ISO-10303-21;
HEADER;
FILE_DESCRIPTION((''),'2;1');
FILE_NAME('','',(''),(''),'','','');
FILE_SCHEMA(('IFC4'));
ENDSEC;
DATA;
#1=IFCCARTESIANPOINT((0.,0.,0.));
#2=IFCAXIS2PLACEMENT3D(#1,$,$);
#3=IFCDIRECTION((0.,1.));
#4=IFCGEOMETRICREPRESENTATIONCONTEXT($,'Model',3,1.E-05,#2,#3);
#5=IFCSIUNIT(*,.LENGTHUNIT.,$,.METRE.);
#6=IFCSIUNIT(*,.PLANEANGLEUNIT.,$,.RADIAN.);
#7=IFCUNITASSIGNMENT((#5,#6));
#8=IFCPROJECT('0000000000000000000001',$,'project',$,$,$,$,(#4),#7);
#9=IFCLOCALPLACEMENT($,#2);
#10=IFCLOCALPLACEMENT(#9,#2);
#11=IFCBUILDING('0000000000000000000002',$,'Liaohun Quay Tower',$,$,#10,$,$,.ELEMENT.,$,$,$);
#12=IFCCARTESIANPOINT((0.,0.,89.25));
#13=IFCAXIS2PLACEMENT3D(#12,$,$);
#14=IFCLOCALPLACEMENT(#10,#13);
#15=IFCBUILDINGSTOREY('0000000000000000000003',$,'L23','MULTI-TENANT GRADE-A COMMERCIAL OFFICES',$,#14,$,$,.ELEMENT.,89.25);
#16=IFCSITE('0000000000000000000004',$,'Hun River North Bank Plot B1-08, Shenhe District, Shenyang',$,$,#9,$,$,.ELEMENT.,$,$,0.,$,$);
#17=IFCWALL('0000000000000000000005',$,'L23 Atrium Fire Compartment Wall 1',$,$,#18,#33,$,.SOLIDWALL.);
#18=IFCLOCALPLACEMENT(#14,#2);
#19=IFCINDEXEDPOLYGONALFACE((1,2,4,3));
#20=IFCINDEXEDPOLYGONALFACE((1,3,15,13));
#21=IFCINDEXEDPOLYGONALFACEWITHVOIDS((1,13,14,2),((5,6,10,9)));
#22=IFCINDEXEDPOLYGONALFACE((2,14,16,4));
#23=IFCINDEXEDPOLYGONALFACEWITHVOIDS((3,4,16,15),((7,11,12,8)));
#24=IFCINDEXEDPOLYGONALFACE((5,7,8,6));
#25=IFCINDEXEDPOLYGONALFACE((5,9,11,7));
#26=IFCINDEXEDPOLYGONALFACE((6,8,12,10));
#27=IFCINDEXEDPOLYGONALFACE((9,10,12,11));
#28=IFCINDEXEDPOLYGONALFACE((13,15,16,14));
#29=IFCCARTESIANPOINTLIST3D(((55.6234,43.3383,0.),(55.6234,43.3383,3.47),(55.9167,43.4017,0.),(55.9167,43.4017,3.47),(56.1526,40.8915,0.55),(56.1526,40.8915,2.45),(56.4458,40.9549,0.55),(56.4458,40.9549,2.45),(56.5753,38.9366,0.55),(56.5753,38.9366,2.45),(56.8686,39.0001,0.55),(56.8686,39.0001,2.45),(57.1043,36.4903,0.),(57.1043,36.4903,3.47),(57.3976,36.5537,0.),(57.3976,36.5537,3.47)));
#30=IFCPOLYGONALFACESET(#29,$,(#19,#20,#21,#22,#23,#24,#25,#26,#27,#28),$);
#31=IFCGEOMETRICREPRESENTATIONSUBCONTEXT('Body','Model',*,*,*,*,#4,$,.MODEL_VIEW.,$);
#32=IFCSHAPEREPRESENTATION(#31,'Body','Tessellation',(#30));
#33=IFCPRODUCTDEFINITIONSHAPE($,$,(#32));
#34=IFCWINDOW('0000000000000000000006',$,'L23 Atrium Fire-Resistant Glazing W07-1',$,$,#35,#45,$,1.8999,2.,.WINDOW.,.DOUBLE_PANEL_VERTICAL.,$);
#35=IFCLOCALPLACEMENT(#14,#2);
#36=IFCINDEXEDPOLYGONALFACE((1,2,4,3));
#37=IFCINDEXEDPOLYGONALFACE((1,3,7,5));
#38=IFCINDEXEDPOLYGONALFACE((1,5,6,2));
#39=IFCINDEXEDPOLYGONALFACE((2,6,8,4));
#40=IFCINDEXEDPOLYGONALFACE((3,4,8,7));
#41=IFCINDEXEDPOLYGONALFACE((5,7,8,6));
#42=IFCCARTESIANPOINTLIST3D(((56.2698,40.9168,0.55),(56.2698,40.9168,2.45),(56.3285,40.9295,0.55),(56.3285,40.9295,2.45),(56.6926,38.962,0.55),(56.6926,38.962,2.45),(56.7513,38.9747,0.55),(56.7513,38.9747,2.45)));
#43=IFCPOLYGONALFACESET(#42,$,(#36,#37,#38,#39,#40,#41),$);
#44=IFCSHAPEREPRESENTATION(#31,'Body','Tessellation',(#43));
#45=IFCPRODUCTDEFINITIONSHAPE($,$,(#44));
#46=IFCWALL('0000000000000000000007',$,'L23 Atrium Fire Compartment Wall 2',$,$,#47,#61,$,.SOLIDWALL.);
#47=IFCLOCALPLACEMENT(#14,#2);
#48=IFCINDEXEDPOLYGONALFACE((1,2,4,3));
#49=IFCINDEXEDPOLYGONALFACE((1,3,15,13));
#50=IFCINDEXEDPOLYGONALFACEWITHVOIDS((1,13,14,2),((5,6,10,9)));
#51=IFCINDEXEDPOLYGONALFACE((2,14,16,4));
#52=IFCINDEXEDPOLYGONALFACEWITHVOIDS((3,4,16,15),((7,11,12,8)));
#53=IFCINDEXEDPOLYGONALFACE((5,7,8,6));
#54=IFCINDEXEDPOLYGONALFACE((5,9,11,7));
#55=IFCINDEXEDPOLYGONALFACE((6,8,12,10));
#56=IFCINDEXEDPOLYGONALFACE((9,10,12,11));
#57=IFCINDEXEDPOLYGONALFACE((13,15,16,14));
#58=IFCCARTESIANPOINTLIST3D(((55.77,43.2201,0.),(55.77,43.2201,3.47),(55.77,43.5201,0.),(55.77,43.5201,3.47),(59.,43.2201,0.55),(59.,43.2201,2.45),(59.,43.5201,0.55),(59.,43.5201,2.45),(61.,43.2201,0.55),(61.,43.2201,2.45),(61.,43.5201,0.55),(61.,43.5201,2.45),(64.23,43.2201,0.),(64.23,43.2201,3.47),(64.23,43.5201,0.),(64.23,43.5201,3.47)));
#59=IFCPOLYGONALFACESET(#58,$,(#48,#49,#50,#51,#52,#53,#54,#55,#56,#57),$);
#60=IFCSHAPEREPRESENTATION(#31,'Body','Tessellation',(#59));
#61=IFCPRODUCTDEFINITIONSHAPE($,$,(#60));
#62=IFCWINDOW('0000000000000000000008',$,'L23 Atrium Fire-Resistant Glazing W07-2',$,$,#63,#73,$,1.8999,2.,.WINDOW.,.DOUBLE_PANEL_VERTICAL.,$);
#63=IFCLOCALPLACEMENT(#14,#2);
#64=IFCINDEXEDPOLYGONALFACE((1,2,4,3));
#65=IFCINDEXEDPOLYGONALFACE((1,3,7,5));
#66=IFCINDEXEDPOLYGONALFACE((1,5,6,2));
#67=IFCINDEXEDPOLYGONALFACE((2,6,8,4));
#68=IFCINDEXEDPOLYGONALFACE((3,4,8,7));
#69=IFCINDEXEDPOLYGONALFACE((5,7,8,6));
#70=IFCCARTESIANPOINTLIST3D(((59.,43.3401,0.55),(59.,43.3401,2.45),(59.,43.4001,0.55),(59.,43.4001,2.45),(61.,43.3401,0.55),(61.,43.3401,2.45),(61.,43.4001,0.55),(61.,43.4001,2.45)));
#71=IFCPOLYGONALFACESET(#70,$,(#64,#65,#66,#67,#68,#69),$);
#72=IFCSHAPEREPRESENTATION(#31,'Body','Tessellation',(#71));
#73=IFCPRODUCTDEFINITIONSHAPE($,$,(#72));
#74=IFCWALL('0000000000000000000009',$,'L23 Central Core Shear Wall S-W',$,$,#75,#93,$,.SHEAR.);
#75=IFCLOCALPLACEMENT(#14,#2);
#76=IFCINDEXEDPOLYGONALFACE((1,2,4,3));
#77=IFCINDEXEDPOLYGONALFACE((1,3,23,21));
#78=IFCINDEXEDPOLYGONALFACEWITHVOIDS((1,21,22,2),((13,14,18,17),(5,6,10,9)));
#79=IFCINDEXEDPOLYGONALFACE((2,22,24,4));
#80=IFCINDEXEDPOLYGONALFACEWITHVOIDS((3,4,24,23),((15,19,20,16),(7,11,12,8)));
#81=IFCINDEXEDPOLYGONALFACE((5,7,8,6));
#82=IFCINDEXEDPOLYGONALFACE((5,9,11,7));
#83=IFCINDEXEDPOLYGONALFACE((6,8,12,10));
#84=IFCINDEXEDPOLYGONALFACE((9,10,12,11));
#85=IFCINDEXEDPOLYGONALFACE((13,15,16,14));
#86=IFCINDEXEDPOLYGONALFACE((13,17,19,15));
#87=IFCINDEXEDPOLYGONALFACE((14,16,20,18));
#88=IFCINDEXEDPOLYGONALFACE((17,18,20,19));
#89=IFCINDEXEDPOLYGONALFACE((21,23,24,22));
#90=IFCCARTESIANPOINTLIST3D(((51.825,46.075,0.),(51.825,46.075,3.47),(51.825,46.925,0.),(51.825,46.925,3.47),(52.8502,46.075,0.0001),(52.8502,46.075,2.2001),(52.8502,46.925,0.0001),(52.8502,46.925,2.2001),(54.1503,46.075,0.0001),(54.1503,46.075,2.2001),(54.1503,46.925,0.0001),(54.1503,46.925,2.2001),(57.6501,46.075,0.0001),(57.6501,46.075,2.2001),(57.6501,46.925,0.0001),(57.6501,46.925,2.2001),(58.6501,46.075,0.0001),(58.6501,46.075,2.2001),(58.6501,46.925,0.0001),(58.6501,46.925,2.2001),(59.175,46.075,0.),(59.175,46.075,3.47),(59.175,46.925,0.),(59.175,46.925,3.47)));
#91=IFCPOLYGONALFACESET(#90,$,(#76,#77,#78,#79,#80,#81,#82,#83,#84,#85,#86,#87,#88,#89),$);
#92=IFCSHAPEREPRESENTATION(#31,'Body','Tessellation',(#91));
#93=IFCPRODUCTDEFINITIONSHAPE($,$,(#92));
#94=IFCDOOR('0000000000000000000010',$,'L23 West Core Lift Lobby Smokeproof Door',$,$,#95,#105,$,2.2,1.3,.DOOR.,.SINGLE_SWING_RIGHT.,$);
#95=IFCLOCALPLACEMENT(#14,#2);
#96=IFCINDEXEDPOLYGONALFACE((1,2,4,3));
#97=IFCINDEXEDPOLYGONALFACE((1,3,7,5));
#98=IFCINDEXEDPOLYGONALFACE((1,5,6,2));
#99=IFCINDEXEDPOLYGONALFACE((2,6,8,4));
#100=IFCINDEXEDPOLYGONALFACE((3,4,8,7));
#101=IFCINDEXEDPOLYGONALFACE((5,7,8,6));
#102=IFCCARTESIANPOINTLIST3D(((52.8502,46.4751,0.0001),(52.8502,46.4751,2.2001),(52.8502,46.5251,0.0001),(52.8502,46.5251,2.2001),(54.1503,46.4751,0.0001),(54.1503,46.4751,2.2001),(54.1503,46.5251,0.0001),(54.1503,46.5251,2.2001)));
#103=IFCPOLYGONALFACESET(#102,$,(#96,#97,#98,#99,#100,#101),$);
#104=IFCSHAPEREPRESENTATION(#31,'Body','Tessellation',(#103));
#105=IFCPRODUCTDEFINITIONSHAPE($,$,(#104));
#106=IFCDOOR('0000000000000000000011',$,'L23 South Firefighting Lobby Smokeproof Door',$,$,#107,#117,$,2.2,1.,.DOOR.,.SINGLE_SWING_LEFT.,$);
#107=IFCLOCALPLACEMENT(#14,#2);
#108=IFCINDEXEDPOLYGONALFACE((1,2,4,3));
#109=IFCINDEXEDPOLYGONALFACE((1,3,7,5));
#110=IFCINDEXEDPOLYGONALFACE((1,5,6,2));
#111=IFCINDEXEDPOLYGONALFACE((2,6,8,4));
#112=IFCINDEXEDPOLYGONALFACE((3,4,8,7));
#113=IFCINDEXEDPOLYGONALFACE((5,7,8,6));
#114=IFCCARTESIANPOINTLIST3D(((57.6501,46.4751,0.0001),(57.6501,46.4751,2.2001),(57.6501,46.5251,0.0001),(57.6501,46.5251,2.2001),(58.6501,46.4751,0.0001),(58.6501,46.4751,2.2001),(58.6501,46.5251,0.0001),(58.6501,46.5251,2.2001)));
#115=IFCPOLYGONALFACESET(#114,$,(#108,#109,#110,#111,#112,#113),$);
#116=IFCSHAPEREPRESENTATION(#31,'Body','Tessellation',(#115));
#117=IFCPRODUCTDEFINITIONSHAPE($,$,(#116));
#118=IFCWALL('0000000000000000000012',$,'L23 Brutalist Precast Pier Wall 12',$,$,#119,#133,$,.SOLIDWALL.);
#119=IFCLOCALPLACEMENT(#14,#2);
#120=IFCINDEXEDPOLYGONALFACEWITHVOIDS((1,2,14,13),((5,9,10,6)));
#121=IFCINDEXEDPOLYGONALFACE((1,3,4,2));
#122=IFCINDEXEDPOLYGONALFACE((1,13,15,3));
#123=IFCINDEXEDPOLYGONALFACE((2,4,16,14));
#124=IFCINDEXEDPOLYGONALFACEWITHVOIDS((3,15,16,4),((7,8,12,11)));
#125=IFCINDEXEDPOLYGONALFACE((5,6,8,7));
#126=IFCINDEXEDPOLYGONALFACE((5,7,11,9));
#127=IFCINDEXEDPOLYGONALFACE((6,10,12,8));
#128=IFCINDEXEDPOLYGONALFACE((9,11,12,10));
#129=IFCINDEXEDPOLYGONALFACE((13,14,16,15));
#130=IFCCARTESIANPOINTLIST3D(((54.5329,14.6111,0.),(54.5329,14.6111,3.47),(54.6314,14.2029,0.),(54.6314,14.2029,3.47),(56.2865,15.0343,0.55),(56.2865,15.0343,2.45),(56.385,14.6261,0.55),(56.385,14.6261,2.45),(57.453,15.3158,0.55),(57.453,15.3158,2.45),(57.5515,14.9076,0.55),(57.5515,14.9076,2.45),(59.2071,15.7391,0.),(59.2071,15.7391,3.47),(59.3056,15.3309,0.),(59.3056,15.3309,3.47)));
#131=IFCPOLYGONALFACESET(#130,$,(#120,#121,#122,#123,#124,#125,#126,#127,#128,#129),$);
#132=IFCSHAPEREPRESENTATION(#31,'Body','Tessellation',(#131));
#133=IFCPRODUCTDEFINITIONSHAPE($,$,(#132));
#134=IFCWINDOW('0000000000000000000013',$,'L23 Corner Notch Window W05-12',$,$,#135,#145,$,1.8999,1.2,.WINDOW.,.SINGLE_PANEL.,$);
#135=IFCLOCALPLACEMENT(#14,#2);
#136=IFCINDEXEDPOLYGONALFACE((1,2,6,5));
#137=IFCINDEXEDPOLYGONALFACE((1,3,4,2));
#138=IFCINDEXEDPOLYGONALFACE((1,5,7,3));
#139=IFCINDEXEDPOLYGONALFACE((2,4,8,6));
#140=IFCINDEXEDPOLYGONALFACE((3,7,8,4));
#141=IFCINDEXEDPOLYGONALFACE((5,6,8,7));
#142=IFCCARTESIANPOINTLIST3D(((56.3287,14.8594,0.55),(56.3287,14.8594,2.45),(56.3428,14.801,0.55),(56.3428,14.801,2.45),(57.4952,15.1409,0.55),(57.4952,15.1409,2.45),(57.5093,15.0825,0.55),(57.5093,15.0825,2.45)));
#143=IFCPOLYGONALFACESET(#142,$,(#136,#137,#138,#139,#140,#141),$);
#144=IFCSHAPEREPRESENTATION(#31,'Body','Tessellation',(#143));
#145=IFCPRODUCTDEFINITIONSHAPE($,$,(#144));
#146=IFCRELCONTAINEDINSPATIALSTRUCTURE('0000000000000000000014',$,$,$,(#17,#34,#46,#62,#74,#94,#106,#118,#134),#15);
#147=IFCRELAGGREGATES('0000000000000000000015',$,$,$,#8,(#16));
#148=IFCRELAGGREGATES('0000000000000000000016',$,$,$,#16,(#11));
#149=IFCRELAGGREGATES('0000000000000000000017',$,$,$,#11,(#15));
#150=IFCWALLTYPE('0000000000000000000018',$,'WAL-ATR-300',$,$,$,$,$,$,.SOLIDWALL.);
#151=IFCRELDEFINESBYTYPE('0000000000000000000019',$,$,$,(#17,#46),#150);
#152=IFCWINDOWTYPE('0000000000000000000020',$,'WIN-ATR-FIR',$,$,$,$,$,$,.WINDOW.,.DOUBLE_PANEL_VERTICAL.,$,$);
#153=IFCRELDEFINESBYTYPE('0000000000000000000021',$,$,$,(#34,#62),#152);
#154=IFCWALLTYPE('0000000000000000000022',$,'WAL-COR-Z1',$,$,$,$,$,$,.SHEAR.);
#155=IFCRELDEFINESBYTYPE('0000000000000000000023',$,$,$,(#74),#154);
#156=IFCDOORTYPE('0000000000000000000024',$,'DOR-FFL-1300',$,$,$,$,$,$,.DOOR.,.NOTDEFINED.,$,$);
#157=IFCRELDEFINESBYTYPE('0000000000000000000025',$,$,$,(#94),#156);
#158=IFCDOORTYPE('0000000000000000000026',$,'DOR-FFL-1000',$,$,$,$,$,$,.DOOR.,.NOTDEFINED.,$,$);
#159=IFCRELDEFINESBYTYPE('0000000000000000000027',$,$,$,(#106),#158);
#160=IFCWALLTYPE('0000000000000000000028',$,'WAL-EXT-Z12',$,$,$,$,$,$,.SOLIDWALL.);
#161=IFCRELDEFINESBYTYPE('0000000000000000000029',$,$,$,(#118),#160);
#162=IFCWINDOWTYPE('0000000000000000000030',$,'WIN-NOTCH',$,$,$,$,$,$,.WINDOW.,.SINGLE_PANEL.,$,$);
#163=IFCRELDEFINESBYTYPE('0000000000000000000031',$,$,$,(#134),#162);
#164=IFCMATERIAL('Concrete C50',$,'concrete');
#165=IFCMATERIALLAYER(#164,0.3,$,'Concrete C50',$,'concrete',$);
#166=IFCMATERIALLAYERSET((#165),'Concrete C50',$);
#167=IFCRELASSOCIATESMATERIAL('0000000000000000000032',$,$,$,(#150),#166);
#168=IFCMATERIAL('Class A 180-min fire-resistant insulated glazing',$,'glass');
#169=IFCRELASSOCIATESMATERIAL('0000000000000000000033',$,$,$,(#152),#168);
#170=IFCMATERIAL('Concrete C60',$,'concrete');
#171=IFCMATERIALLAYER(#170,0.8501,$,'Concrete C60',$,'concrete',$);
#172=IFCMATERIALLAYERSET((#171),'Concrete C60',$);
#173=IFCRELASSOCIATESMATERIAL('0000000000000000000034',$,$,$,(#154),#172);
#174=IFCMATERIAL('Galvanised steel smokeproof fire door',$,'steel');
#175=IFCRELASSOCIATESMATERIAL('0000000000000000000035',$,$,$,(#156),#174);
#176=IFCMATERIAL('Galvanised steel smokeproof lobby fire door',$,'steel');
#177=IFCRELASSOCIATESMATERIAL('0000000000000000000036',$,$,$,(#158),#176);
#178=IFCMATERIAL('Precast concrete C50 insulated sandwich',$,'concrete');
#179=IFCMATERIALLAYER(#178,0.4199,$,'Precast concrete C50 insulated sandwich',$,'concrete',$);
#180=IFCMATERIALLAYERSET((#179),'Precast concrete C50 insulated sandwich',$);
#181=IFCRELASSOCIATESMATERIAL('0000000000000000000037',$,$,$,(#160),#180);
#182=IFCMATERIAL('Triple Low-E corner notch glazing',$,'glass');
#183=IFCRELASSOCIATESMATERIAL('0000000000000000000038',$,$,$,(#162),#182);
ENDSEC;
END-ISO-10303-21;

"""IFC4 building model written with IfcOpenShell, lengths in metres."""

from ifc_helpers import new_model, si_unit, direction, frame, frame_2d, origin, place, context, subcontext, project, spatial, rectangle, extrude, source, transform, mapped, material, layer, layer_set, type_object, element, fill, save


model = new_model("IFC4")

# Units and contexts
model_context = context("Model", 3, precision=1e-05, world=origin(), true_north=direction((0.0, 1.0)))
body_context = subcontext(model_context, "Body", "Model", "MODEL_VIEW")
ifc_project = project(units=[si_unit("LENGTHUNIT", "METRE"), si_unit("PLANEANGLEUNIT", "RADIAN")], contexts=[model_context])

# Site, building, storey
site_placement = place(None, origin())
site = spatial("IfcSite", under=ifc_project, at=site_placement, Name="Hun River North Bank Plot B1-08, Shenhe District, Shenyang", CompositionType="ELEMENT", RefElevation=0.0)
building_placement = place(site_placement, origin())
building = spatial("IfcBuilding", under=site, at=building_placement, Name="Liaohun Quay Tower", CompositionType="ELEMENT")
storey_placement = place(building_placement, frame((0.0, 0.0, 89.25)))
storey = spatial("IfcBuildingStorey", under=building, at=storey_placement, Name="L23", Description="MULTI-TENANT GRADE-A COMMERCIAL OFFICES", CompositionType="ELEMENT", Elevation=89.25)

# Shared definitions
ifc_material_1 = material(Name="Concrete C60", Category="concrete")

# Walls, openings, windows
ifc_material_2 = material(Name="Concrete C50", Category="concrete")
ifc_layer_1 = layer(ifc_material_2, 0.3, Name="Concrete C50", Category="concrete")
ifc_layer_set_1 = layer_set([ifc_layer_1], Name="Concrete C50")
wall_type_1 = type_object("IfcWallType", Name="WAL-ATR-300", PredefinedType="SOLIDWALL", material=ifc_layer_set_1)
wall_1_placement = place(storey_placement, frame((57.251, 36.522, 0.0), z_axis=(0.0, 0.0, 1.0), x_axis=(-0.211371, 0.977406, 0.0)))
wall_1 = element("IfcWall", 1, at=wall_1_placement, inside=storey, type_object=wall_type_1, Name="L23 Atrium Fire Compartment Wall 1", PredefinedType="SOLIDWALL", context=body_context, shape_type="SweptSolid", body=[
    extrude(rectangle(XDim=7.0063, YDim=0.3, at=frame_2d((3.5032, 0.0))), origin(), (0.0, 0.0, 1.0), 3.47),
])
shared_shape_1 = source(origin(), body_context, "Body", "SweptSolid", [
    extrude(rectangle(XDim=2.0, YDim=1.8999, at=frame_2d((1.0, 0.95))), frame((0.0, 0.1599, 0.0), z_axis=(0.0, -1.0, 0.0), x_axis=(1.0, 0.0, 0.0)), (0.0, 0.0, 1.0), 0.3201),
])
opening_1_placement = place(wall_1_placement, frame((2.5029, 0.0, 0.55)))
opening_1 = element("IfcOpeningElement", 2, at=opening_1_placement, cuts=wall_1, PredefinedType="OPENING", context=body_context, shape_type="MappedRepresentation", body=[
    mapped(shared_shape_1, transform((0.0, 0.0, 0.0), x_axis=(1.0, 0.0, 0.0), y_axis=(0.0, 1.0, 0.0), z_axis=(0.0, 0.0, 1.0), scale=1.0)),
])
ifc_material_3 = material(Name="Class A 180-min fire-resistant insulated glazing", Category="glass")
window_type_1 = type_object("IfcWindowType", Name="WIN-ATR-FIR", PartitioningType="DOUBLE_PANEL_VERTICAL", PredefinedType="WINDOW", material=ifc_material_3)
shared_shape_2 = source(origin(), body_context, "Body", "SweptSolid", [
    extrude(rectangle(XDim=2.0, YDim=1.8999, at=frame_2d((1.0, 0.95))), frame((0.0, 0.03, 0.0), z_axis=(0.0, -1.0, 0.0), x_axis=(1.0, 0.0, 0.0)), (0.0, 0.0, 1.0), 0.0601),
])
window_1_placement = place(opening_1_placement, origin())
window_1 = element("IfcWindow", 3, at=window_1_placement, inside=storey, type_object=window_type_1, Name="L23 Atrium Fire-Resistant Glazing W07-1", OverallHeight=1.8999, OverallWidth=2.0, PartitioningType="DOUBLE_PANEL_VERTICAL", PredefinedType="WINDOW", context=body_context, shape_type="MappedRepresentation", body=[
    mapped(shared_shape_2, transform((0.0, 0.0, 0.0), x_axis=(1.0, 0.0, 0.0), y_axis=(0.0, 1.0, 0.0), z_axis=(0.0, 0.0, 1.0), scale=1.0)),
])
fill(opening_1, window_1)
wall_2_placement = place(storey_placement, frame((55.77, 43.3701, 0.0), z_axis=(0.0, 0.0, 1.0), x_axis=(1.0, 0.0, 0.0)))
wall_2 = element("IfcWall", 4, at=wall_2_placement, inside=storey, type_object=wall_type_1, Name="L23 Atrium Fire Compartment Wall 2", PredefinedType="SOLIDWALL", context=body_context, shape_type="SweptSolid", body=[
    extrude(rectangle(XDim=8.46, YDim=0.3, at=frame_2d((4.23, 0.0))), origin(), (0.0, 0.0, 1.0), 3.47),
])
opening_2_placement = place(wall_2_placement, frame((3.23, 0.0, 0.55)))
opening_2 = element("IfcOpeningElement", 5, at=opening_2_placement, cuts=wall_2, PredefinedType="OPENING", context=body_context, shape_type="MappedRepresentation", body=[
    mapped(shared_shape_1, transform((0.0, 0.0, 0.0), x_axis=(1.0, 0.0, 0.0), y_axis=(0.0, 1.0, 0.0), z_axis=(0.0, 0.0, 1.0), scale=1.0)),
])
window_2_placement = place(opening_2_placement, origin())
window_2 = element("IfcWindow", 6, at=window_2_placement, inside=storey, type_object=window_type_1, Name="L23 Atrium Fire-Resistant Glazing W07-2", OverallHeight=1.8999, OverallWidth=2.0, PartitioningType="DOUBLE_PANEL_VERTICAL", PredefinedType="WINDOW", context=body_context, shape_type="MappedRepresentation", body=[
    mapped(shared_shape_2, transform((0.0, 0.0, 0.0), x_axis=(1.0, 0.0, 0.0), y_axis=(0.0, 1.0, 0.0), z_axis=(0.0, 0.0, 1.0), scale=1.0)),
])
fill(opening_2, window_2)

# Wall, openings, doors
ifc_layer_2 = layer(ifc_material_1, 0.8501, Name="Concrete C60", Category="concrete")
ifc_layer_set_2 = layer_set([ifc_layer_2], Name="Concrete C60")
wall_type_2 = type_object("IfcWallType", Name="WAL-COR-Z1", PredefinedType="SHEAR", material=ifc_layer_set_2)
wall_3_placement = place(storey_placement, frame((59.175, 46.5, 0.0), z_axis=(0.0, 0.0, 1.0), x_axis=(-1.0, 0.0, 0.0)))
wall_3 = element("IfcWall", 7, at=wall_3_placement, inside=storey, type_object=wall_type_2, Name="L23 Central Core Shear Wall S-W", PredefinedType="SHEAR", context=body_context, shape_type="SweptSolid", body=[
    extrude(rectangle(XDim=7.3501, YDim=0.8501, at=frame_2d((3.675, 0.0))), origin(), (0.0, 0.0, 1.0), 3.47),
])
shared_shape_3 = source(origin(), body_context, "Body", "SweptSolid", [
    extrude(rectangle(XDim=1.3, YDim=2.2, at=frame_2d((0.6499, 1.1001))), frame((0.0, 0.4351, 0.0), z_axis=(0.0, -1.0, 0.0), x_axis=(1.0, 0.0, 0.0)), (0.0, 0.0, 1.0), 0.8701),
])
opening_3_placement = place(wall_3_placement, frame((5.0249, 0.0, 0.0)))
opening_3 = element("IfcOpeningElement", 8, at=opening_3_placement, cuts=wall_3, PredefinedType="OPENING", context=body_context, shape_type="MappedRepresentation", body=[
    mapped(shared_shape_3, transform((0.0, 0.0, 0.0), x_axis=(1.0, 0.0, 0.0), y_axis=(0.0, 1.0, 0.0), z_axis=(0.0, 0.0, 1.0), scale=1.0)),
])
shared_shape_4 = source(origin(), body_context, "Body", "SweptSolid", [
    extrude(rectangle(XDim=1.0, YDim=2.2, at=frame_2d((0.5, 1.1001))), frame((0.0, 0.4351, 0.0), z_axis=(0.0, -1.0, 0.0), x_axis=(1.0, 0.0, 0.0)), (0.0, 0.0, 1.0), 0.8701),
])
opening_4_placement = place(wall_3_placement, frame((0.5249, 0.0, 0.0)))
opening_4 = element("IfcOpeningElement", 9, at=opening_4_placement, cuts=wall_3, PredefinedType="OPENING", context=body_context, shape_type="MappedRepresentation", body=[
    mapped(shared_shape_4, transform((0.0, 0.0, 0.0), x_axis=(1.0, 0.0, 0.0), y_axis=(0.0, 1.0, 0.0), z_axis=(0.0, 0.0, 1.0), scale=1.0)),
])
ifc_material_4 = material(Name="Galvanised steel smokeproof fire door", Category="steel")
door_type_1 = type_object("IfcDoorType", Name="DOR-FFL-1300", OperationType="NOTDEFINED", PredefinedType="DOOR", material=ifc_material_4)
shared_shape_5 = source(origin(), body_context, "Body", "SweptSolid", [
    extrude(rectangle(XDim=1.3, YDim=2.2, at=frame_2d((0.6499, 1.1001))), frame((0.0, 0.0249, 0.0), z_axis=(0.0, -1.0, 0.0), x_axis=(1.0, 0.0, 0.0)), (0.0, 0.0, 1.0), 0.05),
])
door_1_placement = place(opening_3_placement, origin())
door_1 = element("IfcDoor", 10, at=door_1_placement, inside=storey, type_object=door_type_1, Name="L23 West Core Lift Lobby Smokeproof Door", OperationType="SINGLE_SWING_RIGHT", OverallHeight=2.2, OverallWidth=1.3, PredefinedType="DOOR", context=body_context, shape_type="MappedRepresentation", body=[
    mapped(shared_shape_5, transform((0.0, 0.0, 0.0), x_axis=(1.0, 0.0, 0.0), y_axis=(0.0, 1.0, 0.0), z_axis=(0.0, 0.0, 1.0), scale=1.0)),
])
fill(opening_3, door_1)
ifc_material_5 = material(Name="Galvanised steel smokeproof lobby fire door", Category="steel")
door_type_2 = type_object("IfcDoorType", Name="DOR-FFL-1000", OperationType="NOTDEFINED", PredefinedType="DOOR", material=ifc_material_5)
shared_shape_6 = source(origin(), body_context, "Body", "SweptSolid", [
    extrude(rectangle(XDim=1.0, YDim=2.2, at=frame_2d((0.5, 1.1001))), frame((0.0, 0.0249, 0.0), z_axis=(0.0, -1.0, 0.0), x_axis=(1.0, 0.0, 0.0)), (0.0, 0.0, 1.0), 0.05),
])
door_2_placement = place(opening_4_placement, origin())
door_2 = element("IfcDoor", 11, at=door_2_placement, inside=storey, type_object=door_type_2, Name="L23 South Firefighting Lobby Smokeproof Door", OperationType="SINGLE_SWING_LEFT", OverallHeight=2.2, OverallWidth=1.0, PredefinedType="DOOR", context=body_context, shape_type="MappedRepresentation", body=[
    mapped(shared_shape_6, transform((0.0, 0.0, 0.0), x_axis=(1.0, 0.0, 0.0), y_axis=(0.0, 1.0, 0.0), z_axis=(0.0, 0.0, 1.0), scale=1.0)),
])
fill(opening_4, door_2)

# Wall, opening, window
ifc_material_6 = material(Name="Precast concrete C50 insulated sandwich", Category="concrete")
ifc_layer_3 = layer(ifc_material_6, 0.4199, Name="Precast concrete C50 insulated sandwich", Category="concrete")
ifc_layer_set_3 = layer_set([ifc_layer_3], Name="Precast concrete C50 insulated sandwich")
wall_type_3 = type_object("IfcWallType", Name="WAL-EXT-Z12", PredefinedType="SOLIDWALL", material=ifc_layer_set_3)
wall_4_placement = place(storey_placement, frame((54.582, 14.407, 0.0), z_axis=(0.0, 0.0, 1.0), x_axis=(0.972096, 0.234583, 0.0)))
wall_4 = element("IfcWall", 12, at=wall_4_placement, inside=storey, type_object=wall_type_3, Name="L23 Brutalist Precast Pier Wall 12", PredefinedType="SOLIDWALL", context=body_context, shape_type="SweptSolid", body=[
    extrude(rectangle(XDim=4.8083, YDim=0.4199, at=frame_2d((2.4043, 0.0))), origin(), (0.0, 0.0, 1.0), 3.47),
])
shared_shape_7 = source(origin(), body_context, "Body", "SweptSolid", [
    extrude(rectangle(XDim=1.2, YDim=1.8999, at=frame_2d((0.6001, 0.95))), frame((0.0, 0.22, 0.0), z_axis=(0.0, -1.0, 0.0), x_axis=(1.0, 0.0, 0.0)), (0.0, 0.0, 1.0), 0.4399),
])
opening_5_placement = place(wall_4_placement, frame((1.804, 0.0, 0.55)))
opening_5 = element("IfcOpeningElement", 13, at=opening_5_placement, cuts=wall_4, PredefinedType="OPENING", context=body_context, shape_type="MappedRepresentation", body=[
    mapped(shared_shape_7, transform((0.0, 0.0, 0.0), x_axis=(1.0, 0.0, 0.0), y_axis=(0.0, 1.0, 0.0), z_axis=(0.0, 0.0, 1.0), scale=1.0)),
])
ifc_material_7 = material(Name="Triple Low-E corner notch glazing", Category="glass")
window_type_2 = type_object("IfcWindowType", Name="WIN-NOTCH", PartitioningType="SINGLE_PANEL", PredefinedType="WINDOW", material=ifc_material_7)
shared_shape_8 = source(origin(), body_context, "Body", "SweptSolid", [
    extrude(rectangle(XDim=1.2, YDim=1.8999, at=frame_2d((0.6001, 0.95))), frame((0.0, 0.03, 0.0), z_axis=(0.0, -1.0, 0.0), x_axis=(1.0, 0.0, 0.0)), (0.0, 0.0, 1.0), 0.0601),
])
window_3_placement = place(opening_5_placement, origin())
window_3 = element("IfcWindow", 14, at=window_3_placement, inside=storey, type_object=window_type_2, Name="L23 Corner Notch Window W05-12", OverallHeight=1.8999, OverallWidth=1.2, PartitioningType="SINGLE_PANEL", PredefinedType="WINDOW", context=body_context, shape_type="MappedRepresentation", body=[
    mapped(shared_shape_8, transform((0.0, 0.0, 0.0), x_axis=(1.0, 0.0, 0.0), y_axis=(0.0, 1.0, 0.0), z_axis=(0.0, 0.0, 1.0), scale=1.0)),
])
fill(opening_5, window_3)

save(model, "model.ifc")
